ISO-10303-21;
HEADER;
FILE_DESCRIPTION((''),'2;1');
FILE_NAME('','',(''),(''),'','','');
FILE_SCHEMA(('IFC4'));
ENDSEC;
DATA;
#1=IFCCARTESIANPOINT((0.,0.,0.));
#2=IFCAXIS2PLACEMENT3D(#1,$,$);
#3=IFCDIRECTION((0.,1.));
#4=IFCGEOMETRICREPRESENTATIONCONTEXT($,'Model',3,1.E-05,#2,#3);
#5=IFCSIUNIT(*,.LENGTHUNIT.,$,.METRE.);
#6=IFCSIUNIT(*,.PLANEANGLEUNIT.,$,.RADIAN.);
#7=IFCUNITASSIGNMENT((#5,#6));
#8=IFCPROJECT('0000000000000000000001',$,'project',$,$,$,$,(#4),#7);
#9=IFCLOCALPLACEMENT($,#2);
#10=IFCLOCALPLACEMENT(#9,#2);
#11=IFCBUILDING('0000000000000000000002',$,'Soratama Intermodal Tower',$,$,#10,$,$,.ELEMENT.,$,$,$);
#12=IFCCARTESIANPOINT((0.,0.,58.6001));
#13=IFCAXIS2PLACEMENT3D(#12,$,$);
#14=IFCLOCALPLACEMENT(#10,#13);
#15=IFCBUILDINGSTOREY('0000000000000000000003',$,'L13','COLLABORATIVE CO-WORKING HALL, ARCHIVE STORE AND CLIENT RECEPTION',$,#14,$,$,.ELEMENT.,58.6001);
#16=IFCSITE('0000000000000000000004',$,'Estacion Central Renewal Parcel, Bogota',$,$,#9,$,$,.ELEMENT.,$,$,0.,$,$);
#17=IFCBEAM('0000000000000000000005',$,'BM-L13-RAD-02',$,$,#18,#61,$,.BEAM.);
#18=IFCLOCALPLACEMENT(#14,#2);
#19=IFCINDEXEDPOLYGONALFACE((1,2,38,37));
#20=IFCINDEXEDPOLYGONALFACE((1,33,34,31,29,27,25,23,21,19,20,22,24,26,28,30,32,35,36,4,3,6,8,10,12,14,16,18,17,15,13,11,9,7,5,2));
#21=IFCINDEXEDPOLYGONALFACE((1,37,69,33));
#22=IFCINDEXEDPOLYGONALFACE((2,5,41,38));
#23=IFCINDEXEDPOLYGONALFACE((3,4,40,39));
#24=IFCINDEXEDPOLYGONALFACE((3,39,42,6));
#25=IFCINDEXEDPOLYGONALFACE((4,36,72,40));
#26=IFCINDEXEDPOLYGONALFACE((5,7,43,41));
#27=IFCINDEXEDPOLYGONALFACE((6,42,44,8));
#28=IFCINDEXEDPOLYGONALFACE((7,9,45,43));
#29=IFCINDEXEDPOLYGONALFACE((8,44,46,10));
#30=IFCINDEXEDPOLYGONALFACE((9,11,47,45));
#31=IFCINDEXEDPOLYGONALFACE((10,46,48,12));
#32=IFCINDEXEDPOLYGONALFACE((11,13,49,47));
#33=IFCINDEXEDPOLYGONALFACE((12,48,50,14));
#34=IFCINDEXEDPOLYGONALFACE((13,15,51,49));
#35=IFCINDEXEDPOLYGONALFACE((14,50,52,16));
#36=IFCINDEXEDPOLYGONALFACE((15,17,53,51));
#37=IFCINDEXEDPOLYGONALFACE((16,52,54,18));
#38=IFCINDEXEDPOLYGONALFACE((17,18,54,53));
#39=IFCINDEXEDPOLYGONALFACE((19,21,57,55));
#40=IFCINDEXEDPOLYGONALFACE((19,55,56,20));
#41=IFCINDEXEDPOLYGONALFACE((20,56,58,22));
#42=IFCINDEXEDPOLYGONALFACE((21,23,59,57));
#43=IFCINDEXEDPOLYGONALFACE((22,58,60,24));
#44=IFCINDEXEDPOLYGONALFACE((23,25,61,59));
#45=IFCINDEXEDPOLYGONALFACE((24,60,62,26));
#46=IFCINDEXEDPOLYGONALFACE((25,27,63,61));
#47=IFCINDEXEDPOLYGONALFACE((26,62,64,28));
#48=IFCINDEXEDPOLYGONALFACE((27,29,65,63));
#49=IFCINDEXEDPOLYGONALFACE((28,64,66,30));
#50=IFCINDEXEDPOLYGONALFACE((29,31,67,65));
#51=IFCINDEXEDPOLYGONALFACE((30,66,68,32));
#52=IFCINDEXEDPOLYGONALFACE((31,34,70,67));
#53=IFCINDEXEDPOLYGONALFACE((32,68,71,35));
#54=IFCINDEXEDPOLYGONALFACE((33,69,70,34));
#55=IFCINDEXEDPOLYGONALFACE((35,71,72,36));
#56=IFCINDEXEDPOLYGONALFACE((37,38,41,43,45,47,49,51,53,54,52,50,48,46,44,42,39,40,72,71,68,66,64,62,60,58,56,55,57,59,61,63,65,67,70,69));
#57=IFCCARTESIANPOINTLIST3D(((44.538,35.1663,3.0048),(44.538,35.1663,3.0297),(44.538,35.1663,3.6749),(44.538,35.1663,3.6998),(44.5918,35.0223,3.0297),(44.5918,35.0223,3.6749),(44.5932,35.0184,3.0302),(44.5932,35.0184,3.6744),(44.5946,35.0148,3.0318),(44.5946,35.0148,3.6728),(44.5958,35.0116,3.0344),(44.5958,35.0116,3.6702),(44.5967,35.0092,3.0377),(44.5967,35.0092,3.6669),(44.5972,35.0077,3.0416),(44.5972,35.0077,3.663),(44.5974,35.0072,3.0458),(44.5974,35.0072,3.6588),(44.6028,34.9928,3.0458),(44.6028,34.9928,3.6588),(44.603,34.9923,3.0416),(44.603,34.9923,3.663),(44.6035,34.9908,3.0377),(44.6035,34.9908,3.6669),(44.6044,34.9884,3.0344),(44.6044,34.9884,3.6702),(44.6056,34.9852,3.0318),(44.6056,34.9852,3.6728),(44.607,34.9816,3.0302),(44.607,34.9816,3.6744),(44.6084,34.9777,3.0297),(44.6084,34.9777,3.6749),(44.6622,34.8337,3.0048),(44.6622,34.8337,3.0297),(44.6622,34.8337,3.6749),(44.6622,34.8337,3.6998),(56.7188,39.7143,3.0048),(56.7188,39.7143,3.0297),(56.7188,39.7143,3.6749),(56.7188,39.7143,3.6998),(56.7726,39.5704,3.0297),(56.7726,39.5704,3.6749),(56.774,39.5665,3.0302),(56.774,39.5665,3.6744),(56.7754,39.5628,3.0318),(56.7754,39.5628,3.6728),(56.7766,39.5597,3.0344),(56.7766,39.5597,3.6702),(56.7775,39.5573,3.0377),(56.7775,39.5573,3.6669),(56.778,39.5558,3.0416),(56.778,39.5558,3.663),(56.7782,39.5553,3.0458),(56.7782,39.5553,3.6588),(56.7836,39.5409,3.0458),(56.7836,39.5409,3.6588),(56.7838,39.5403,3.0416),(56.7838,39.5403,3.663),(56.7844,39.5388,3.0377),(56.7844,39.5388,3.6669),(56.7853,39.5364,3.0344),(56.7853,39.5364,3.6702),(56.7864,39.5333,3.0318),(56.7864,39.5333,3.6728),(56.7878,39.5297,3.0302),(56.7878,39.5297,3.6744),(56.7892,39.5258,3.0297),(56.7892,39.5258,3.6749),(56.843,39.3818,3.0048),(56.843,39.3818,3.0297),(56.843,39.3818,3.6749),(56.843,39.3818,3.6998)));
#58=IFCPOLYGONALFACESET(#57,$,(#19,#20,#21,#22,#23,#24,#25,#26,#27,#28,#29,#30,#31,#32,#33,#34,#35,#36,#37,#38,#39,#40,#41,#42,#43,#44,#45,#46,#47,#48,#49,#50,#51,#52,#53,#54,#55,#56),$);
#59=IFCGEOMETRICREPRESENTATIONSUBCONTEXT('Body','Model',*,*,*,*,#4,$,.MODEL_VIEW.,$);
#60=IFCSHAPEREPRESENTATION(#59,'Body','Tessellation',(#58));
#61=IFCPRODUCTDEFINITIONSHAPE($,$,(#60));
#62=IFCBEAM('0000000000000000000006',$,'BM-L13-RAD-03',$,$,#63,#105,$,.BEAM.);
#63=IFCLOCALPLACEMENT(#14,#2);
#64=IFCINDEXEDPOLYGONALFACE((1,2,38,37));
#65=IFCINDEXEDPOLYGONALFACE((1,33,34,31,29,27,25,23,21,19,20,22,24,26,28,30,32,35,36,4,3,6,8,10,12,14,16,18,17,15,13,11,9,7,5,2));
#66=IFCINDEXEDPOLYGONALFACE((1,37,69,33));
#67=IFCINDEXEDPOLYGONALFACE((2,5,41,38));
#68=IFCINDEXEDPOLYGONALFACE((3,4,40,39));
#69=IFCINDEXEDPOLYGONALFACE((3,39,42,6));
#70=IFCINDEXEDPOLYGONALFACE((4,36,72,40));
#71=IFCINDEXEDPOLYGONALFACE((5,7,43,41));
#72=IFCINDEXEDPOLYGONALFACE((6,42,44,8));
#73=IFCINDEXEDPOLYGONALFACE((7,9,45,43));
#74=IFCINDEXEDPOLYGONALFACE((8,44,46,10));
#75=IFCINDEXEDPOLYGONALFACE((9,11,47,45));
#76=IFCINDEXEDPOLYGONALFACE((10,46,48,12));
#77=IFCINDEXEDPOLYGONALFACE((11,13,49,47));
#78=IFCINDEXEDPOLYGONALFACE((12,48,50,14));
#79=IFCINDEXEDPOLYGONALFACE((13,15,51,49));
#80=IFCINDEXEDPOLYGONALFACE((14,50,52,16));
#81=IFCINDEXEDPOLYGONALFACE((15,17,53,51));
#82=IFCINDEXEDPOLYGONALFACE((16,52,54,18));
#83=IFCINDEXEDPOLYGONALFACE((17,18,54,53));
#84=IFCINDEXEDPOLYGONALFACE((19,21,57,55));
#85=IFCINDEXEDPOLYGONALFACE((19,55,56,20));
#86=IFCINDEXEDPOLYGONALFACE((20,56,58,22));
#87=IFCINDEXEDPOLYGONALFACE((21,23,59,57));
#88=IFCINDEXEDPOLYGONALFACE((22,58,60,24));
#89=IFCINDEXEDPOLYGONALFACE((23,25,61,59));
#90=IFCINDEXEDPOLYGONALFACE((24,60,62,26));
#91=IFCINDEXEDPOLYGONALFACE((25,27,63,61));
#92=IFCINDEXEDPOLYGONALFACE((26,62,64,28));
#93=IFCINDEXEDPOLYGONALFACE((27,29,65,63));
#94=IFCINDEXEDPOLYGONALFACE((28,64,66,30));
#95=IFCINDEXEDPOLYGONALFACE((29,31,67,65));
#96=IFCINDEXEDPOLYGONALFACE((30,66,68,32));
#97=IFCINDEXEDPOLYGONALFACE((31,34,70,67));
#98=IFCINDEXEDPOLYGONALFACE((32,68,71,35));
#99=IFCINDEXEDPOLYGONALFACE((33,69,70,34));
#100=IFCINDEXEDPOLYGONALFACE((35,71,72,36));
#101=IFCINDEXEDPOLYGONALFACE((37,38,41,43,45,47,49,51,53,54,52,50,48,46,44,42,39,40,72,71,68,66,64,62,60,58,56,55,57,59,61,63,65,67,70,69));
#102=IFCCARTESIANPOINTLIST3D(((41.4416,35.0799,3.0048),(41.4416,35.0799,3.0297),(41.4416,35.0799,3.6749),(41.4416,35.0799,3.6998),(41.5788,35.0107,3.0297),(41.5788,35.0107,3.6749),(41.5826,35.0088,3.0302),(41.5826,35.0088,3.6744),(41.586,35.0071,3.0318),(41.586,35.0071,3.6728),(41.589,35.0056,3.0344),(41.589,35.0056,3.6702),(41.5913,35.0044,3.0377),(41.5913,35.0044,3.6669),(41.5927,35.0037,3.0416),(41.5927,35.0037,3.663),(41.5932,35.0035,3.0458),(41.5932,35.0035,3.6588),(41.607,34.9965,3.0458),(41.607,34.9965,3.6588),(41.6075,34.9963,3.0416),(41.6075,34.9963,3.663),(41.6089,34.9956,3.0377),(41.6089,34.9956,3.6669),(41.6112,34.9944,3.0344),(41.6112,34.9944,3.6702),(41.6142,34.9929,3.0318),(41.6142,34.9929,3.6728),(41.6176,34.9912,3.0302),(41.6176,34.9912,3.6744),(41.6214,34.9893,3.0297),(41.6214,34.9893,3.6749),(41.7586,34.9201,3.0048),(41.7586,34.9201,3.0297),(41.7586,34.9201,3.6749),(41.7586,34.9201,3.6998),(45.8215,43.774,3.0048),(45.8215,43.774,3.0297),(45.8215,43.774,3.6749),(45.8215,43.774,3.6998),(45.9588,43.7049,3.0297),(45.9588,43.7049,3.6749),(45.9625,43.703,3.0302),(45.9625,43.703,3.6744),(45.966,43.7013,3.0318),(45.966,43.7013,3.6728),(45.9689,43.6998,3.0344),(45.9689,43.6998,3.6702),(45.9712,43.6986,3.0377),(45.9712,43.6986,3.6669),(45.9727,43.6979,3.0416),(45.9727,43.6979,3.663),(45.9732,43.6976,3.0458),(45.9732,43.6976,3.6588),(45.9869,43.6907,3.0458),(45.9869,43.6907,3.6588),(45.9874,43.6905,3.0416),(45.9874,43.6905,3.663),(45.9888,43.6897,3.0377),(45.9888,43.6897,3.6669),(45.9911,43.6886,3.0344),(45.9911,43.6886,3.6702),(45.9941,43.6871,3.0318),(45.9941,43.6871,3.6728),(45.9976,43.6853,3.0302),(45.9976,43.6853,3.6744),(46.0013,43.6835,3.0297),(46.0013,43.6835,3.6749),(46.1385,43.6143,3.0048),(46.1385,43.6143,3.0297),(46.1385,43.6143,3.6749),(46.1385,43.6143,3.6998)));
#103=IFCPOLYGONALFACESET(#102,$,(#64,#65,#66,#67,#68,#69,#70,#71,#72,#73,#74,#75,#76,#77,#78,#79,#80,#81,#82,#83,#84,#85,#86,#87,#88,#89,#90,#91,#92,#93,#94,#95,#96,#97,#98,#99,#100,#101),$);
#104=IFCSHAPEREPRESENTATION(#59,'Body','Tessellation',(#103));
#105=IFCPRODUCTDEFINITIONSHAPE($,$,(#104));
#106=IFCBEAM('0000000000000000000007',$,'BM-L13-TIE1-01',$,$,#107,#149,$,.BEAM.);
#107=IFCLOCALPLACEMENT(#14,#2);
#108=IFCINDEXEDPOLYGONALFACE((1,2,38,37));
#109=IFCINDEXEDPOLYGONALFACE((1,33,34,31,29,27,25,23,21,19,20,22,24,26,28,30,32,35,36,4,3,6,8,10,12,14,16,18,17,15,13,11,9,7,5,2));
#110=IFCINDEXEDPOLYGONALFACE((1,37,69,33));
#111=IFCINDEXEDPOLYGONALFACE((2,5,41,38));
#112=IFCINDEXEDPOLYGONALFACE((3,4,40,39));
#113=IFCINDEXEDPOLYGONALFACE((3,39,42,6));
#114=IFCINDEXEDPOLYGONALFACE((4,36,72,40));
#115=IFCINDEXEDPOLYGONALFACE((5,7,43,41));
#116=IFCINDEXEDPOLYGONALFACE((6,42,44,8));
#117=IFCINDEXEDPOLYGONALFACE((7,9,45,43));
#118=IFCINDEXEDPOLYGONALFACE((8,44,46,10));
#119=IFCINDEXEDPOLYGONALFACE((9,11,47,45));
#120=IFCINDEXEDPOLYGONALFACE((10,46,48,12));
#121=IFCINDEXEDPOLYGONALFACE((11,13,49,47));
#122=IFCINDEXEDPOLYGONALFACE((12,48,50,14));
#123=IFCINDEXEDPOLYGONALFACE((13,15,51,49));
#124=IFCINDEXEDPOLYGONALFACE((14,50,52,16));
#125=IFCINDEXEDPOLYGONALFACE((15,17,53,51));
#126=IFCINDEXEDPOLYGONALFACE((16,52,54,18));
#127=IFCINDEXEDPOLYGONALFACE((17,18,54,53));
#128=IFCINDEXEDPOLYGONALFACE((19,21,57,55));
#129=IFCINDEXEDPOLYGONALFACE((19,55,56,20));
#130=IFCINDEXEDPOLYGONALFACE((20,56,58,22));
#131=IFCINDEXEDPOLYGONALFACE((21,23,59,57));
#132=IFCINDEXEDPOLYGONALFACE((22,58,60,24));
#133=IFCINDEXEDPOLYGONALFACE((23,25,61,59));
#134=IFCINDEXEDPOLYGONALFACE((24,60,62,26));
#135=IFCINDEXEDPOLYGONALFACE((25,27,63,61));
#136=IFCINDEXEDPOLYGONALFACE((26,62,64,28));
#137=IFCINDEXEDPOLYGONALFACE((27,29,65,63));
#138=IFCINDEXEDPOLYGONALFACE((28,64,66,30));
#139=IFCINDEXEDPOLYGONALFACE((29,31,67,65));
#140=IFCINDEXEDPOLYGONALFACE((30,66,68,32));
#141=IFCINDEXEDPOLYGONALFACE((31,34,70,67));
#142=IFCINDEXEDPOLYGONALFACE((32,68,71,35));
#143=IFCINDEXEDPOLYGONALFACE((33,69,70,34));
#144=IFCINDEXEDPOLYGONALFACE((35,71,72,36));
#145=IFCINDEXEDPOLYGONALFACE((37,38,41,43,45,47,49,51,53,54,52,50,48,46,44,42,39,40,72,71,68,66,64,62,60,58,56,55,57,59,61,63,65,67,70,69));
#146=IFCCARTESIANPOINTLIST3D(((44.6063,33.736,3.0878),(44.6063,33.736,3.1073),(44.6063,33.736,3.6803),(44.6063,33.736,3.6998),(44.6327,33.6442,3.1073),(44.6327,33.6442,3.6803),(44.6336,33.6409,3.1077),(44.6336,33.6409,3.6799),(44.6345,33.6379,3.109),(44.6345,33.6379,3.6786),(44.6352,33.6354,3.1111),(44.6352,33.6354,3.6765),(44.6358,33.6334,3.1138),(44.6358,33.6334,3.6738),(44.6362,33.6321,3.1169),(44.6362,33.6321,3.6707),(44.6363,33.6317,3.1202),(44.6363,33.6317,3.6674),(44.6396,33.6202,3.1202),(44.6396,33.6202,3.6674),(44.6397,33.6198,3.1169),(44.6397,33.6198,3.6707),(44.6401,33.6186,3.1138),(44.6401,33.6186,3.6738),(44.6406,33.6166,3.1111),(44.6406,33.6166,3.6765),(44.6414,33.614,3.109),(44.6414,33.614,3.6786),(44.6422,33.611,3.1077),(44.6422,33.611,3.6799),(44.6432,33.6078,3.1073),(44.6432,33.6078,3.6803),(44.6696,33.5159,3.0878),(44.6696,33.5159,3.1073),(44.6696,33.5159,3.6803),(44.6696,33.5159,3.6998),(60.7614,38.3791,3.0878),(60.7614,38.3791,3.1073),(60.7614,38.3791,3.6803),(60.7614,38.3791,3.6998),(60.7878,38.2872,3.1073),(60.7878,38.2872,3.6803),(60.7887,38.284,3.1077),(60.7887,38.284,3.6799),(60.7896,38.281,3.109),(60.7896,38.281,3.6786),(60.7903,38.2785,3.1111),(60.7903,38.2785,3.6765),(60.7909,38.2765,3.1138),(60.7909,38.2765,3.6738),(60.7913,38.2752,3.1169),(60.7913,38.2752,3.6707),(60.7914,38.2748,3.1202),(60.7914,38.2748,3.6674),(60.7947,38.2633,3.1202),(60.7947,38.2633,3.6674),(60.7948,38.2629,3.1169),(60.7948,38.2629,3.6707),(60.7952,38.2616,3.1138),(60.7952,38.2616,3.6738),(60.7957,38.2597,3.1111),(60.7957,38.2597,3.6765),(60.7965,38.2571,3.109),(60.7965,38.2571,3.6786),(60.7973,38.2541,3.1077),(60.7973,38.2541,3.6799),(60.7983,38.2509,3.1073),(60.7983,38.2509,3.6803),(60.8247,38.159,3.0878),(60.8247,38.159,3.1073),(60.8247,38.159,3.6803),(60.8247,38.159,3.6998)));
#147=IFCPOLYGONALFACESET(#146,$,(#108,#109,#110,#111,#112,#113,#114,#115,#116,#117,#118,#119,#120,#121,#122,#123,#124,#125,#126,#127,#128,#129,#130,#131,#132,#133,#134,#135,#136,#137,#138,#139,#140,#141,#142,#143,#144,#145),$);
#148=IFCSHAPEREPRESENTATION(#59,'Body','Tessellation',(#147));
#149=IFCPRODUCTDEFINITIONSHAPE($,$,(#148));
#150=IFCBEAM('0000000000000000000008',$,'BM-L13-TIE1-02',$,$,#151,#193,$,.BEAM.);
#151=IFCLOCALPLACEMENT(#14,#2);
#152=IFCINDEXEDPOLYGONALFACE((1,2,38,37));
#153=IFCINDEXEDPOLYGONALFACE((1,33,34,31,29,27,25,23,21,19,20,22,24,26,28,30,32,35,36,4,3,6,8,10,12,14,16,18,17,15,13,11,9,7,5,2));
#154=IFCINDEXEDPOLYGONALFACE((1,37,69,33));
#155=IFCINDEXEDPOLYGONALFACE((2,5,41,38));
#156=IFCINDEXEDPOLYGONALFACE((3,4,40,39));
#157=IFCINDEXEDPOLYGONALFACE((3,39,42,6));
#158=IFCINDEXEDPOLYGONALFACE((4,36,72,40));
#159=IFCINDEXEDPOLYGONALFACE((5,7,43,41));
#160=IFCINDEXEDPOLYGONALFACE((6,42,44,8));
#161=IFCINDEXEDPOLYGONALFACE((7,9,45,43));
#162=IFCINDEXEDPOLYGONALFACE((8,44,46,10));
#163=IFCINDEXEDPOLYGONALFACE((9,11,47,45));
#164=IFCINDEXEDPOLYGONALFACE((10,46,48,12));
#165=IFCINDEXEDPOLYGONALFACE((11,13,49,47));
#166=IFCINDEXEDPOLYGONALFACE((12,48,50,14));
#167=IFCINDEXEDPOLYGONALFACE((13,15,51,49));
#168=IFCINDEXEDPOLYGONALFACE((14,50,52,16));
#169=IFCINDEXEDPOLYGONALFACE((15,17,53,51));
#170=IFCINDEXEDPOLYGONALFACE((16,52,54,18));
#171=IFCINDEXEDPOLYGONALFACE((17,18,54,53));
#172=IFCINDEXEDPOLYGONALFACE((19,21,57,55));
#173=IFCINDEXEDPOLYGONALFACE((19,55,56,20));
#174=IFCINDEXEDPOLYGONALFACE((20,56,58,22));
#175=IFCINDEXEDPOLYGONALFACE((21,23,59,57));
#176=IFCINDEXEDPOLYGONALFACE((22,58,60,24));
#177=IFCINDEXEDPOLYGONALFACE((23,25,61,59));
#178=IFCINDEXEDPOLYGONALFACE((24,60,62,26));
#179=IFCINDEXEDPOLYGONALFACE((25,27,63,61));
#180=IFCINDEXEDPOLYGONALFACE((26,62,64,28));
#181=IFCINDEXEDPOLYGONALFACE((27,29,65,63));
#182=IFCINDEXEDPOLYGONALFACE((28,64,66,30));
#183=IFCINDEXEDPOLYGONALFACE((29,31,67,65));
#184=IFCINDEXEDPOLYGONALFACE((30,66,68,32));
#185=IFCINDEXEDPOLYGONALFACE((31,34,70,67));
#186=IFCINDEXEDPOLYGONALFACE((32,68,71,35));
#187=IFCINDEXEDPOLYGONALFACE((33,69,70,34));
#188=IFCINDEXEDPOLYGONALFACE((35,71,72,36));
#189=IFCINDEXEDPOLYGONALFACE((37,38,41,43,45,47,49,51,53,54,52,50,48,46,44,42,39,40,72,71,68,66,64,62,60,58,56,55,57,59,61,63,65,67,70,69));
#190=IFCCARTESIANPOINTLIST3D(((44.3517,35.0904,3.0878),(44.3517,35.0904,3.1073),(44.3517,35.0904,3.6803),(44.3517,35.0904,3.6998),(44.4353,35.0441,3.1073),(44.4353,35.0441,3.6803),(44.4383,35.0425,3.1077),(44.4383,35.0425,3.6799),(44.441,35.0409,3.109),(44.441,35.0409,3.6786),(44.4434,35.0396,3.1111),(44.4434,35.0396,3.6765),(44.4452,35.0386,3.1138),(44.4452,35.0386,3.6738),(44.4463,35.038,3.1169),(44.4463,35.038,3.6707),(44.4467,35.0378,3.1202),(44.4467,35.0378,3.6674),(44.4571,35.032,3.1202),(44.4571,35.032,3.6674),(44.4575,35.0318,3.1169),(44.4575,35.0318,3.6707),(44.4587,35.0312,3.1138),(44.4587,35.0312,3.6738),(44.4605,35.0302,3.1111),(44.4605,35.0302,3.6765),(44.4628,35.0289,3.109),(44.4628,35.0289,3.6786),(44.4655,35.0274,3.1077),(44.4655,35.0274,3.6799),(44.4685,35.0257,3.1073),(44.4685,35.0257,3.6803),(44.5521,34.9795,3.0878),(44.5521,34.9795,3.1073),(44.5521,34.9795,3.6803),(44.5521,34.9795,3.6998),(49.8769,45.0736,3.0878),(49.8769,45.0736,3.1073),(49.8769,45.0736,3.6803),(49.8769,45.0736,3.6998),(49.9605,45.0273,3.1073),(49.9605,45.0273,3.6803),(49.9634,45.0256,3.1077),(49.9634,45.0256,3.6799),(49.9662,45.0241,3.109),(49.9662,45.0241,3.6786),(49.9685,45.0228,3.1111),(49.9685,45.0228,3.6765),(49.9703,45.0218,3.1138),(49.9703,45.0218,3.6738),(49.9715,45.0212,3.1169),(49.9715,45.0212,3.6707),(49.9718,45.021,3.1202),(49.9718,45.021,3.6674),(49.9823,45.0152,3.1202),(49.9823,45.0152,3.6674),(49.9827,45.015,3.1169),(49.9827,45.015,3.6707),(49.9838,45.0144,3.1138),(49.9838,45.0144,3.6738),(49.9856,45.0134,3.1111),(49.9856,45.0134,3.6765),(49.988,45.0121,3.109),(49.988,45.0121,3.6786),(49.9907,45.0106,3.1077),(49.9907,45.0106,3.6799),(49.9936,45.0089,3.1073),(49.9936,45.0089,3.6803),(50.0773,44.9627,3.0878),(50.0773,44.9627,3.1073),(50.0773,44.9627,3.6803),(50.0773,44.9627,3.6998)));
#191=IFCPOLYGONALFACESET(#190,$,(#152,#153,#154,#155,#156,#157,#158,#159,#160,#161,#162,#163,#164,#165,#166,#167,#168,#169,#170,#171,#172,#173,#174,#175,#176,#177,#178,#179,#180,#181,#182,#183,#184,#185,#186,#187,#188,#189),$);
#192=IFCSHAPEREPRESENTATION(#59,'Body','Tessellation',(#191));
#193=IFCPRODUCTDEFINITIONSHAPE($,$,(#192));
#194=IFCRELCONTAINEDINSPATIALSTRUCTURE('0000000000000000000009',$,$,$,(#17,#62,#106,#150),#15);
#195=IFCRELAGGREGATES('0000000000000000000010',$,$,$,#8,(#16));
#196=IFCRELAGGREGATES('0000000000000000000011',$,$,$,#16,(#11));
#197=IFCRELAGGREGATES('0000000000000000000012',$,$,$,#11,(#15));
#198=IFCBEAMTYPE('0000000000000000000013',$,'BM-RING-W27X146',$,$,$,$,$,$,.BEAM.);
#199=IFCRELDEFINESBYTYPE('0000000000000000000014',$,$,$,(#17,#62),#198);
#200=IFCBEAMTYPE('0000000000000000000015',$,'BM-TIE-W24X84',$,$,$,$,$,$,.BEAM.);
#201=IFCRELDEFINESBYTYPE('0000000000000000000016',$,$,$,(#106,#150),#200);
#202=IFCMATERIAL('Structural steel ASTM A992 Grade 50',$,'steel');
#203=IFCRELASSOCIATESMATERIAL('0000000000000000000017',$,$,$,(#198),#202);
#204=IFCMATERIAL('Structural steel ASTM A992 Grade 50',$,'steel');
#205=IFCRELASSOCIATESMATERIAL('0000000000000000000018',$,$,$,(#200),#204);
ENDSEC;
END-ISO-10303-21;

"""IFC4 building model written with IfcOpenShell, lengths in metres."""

from ifc_helpers import new_model, si_unit, direction, frame, origin, origin_2d, place, context, subcontext, project, spatial, i_section, extrude, material, material_profile, profile_set, type_object, element, save


model = new_model("IFC4")

# Units and contexts
model_context = context("Model", 3, precision=1e-05, world=origin(), true_north=direction((0.0, 1.0)))
body_context = subcontext(model_context, "Body", "Model", "MODEL_VIEW")
ifc_project = project(units=[si_unit("LENGTHUNIT", "METRE"), si_unit("PLANEANGLEUNIT", "RADIAN")], contexts=[model_context])

# Site, building, storey
site_placement = place(None, origin())
site = spatial("IfcSite", under=ifc_project, at=site_placement, Name="Estacion Central Renewal Parcel, Bogota", CompositionType="ELEMENT", RefElevation=0.0)
building_placement = place(site_placement, origin())
building = spatial("IfcBuilding", under=site, at=building_placement, Name="Soratama Intermodal Tower", CompositionType="ELEMENT")
storey_placement = place(building_placement, frame((0.0, 0.0, 58.6001)))
storey = spatial("IfcBuildingStorey", under=building, at=storey_placement, Name="L13", Description="COLLABORATIVE CO-WORKING HALL, ARCHIVE STORE AND CLIENT RECEPTION", CompositionType="ELEMENT", Elevation=58.6001)

# Beams
ifc_material_1 = material(Name="Structural steel ASTM A992 Grade 50", Category="steel")
ifc_material_profile_1 = material_profile(ifc_material_1, i_section(OverallWidth=0.355, OverallDepth=0.6951, WebThickness=0.0154, FlangeThickness=0.0249, FilletRadius=0.0161, at=origin_2d()), Name="W27X146")
ifc_profile_set_1 = profile_set([ifc_material_profile_1], Name="Structural steel ASTM A992 Grade 50")
beam_type_1 = type_object("IfcBeamType", Name="BM-RING-W27X146", PredefinedType="BEAM", material=ifc_profile_set_1)
beam_1_placement = place(storey_placement, frame((44.6001, 35.0, 3.3523), z_axis=(0.936827, 0.349792, 0.0), x_axis=(-0.349792, 0.936827, 0.0)))
element("IfcBeam", 1, at=beam_1_placement, inside=storey, type_object=beam_type_1, Name="BM-L13-RAD-02", PredefinedType="BEAM", context=body_context, shape_type="SweptSolid", body=[
    extrude(i_section(OverallWidth=0.355, OverallDepth=0.6951, WebThickness=0.0154, FlangeThickness=0.0249, FilletRadius=0.0161, at=origin_2d()), origin(), (0.0, 0.0, 1.0), 13.0022),
])
beam_2_placement = place(storey_placement, frame((41.6001, 35.0, 3.3523), z_axis=(0.44991, 0.893074, 0.0), x_axis=(-0.893074, 0.44991, 0.0)))
element("IfcBeam", 2, at=beam_2_placement, inside=storey, type_object=beam_type_1, Name="BM-L13-RAD-03", PredefinedType="BEAM", context=body_context, shape_type="SweptSolid", body=[
    extrude(i_section(OverallWidth=0.355, OverallDepth=0.6951, WebThickness=0.0154, FlangeThickness=0.0249, FilletRadius=0.0161, at=origin_2d()), origin(), (0.0, 0.0, 1.0), 9.7351),
])
ifc_material_2 = material(Name="Structural steel ASTM A992 Grade 50", Category="steel")
ifc_material_profile_2 = material_profile(ifc_material_2, i_section(OverallWidth=0.229, OverallDepth=0.6121, WebThickness=0.012, FlangeThickness=0.0195, FilletRadius=0.0129, at=origin_2d()), Name="W24X84")
ifc_profile_set_2 = profile_set([ifc_material_profile_2], Name="Structural steel ASTM A992 Grade 50")
beam_type_2 = type_object("IfcBeamType", Name="BM-TIE-W24X84", PredefinedType="BEAM", material=ifc_profile_set_2)
beam_3_placement = place(storey_placement, frame((44.6379, 33.626, 3.3938), z_axis=(0.961093, 0.276225, 0.0), x_axis=(-0.276225, 0.961093, 0.0)))
element("IfcBeam", 3, at=beam_3_placement, inside=storey, type_object=beam_type_2, Name="BM-L13-TIE1-01", PredefinedType="BEAM", context=body_context, shape_type="SweptSolid", body=[
    extrude(i_section(OverallWidth=0.229, OverallDepth=0.6121, WebThickness=0.012, FlangeThickness=0.0195, FilletRadius=0.0129, at=origin_2d()), origin(), (0.0, 0.0, 1.0), 16.8091),
])
beam_4_placement = place(storey_placement, frame((44.4519, 35.0349, 3.3938), z_axis=(0.484233, 0.874939, 0.0), x_axis=(-0.874939, 0.484233, 0.0)))
element("IfcBeam", 4, at=beam_4_placement, inside=storey, type_object=beam_type_2, Name="BM-L13-TIE1-02", PredefinedType="BEAM", context=body_context, shape_type="SweptSolid", body=[
    extrude(i_section(OverallWidth=0.229, OverallDepth=0.6121, WebThickness=0.012, FlangeThickness=0.0195, FilletRadius=0.0129, at=origin_2d()), origin(), (0.0, 0.0, 1.0), 11.4102),
])

save(model, "model.ifc")
